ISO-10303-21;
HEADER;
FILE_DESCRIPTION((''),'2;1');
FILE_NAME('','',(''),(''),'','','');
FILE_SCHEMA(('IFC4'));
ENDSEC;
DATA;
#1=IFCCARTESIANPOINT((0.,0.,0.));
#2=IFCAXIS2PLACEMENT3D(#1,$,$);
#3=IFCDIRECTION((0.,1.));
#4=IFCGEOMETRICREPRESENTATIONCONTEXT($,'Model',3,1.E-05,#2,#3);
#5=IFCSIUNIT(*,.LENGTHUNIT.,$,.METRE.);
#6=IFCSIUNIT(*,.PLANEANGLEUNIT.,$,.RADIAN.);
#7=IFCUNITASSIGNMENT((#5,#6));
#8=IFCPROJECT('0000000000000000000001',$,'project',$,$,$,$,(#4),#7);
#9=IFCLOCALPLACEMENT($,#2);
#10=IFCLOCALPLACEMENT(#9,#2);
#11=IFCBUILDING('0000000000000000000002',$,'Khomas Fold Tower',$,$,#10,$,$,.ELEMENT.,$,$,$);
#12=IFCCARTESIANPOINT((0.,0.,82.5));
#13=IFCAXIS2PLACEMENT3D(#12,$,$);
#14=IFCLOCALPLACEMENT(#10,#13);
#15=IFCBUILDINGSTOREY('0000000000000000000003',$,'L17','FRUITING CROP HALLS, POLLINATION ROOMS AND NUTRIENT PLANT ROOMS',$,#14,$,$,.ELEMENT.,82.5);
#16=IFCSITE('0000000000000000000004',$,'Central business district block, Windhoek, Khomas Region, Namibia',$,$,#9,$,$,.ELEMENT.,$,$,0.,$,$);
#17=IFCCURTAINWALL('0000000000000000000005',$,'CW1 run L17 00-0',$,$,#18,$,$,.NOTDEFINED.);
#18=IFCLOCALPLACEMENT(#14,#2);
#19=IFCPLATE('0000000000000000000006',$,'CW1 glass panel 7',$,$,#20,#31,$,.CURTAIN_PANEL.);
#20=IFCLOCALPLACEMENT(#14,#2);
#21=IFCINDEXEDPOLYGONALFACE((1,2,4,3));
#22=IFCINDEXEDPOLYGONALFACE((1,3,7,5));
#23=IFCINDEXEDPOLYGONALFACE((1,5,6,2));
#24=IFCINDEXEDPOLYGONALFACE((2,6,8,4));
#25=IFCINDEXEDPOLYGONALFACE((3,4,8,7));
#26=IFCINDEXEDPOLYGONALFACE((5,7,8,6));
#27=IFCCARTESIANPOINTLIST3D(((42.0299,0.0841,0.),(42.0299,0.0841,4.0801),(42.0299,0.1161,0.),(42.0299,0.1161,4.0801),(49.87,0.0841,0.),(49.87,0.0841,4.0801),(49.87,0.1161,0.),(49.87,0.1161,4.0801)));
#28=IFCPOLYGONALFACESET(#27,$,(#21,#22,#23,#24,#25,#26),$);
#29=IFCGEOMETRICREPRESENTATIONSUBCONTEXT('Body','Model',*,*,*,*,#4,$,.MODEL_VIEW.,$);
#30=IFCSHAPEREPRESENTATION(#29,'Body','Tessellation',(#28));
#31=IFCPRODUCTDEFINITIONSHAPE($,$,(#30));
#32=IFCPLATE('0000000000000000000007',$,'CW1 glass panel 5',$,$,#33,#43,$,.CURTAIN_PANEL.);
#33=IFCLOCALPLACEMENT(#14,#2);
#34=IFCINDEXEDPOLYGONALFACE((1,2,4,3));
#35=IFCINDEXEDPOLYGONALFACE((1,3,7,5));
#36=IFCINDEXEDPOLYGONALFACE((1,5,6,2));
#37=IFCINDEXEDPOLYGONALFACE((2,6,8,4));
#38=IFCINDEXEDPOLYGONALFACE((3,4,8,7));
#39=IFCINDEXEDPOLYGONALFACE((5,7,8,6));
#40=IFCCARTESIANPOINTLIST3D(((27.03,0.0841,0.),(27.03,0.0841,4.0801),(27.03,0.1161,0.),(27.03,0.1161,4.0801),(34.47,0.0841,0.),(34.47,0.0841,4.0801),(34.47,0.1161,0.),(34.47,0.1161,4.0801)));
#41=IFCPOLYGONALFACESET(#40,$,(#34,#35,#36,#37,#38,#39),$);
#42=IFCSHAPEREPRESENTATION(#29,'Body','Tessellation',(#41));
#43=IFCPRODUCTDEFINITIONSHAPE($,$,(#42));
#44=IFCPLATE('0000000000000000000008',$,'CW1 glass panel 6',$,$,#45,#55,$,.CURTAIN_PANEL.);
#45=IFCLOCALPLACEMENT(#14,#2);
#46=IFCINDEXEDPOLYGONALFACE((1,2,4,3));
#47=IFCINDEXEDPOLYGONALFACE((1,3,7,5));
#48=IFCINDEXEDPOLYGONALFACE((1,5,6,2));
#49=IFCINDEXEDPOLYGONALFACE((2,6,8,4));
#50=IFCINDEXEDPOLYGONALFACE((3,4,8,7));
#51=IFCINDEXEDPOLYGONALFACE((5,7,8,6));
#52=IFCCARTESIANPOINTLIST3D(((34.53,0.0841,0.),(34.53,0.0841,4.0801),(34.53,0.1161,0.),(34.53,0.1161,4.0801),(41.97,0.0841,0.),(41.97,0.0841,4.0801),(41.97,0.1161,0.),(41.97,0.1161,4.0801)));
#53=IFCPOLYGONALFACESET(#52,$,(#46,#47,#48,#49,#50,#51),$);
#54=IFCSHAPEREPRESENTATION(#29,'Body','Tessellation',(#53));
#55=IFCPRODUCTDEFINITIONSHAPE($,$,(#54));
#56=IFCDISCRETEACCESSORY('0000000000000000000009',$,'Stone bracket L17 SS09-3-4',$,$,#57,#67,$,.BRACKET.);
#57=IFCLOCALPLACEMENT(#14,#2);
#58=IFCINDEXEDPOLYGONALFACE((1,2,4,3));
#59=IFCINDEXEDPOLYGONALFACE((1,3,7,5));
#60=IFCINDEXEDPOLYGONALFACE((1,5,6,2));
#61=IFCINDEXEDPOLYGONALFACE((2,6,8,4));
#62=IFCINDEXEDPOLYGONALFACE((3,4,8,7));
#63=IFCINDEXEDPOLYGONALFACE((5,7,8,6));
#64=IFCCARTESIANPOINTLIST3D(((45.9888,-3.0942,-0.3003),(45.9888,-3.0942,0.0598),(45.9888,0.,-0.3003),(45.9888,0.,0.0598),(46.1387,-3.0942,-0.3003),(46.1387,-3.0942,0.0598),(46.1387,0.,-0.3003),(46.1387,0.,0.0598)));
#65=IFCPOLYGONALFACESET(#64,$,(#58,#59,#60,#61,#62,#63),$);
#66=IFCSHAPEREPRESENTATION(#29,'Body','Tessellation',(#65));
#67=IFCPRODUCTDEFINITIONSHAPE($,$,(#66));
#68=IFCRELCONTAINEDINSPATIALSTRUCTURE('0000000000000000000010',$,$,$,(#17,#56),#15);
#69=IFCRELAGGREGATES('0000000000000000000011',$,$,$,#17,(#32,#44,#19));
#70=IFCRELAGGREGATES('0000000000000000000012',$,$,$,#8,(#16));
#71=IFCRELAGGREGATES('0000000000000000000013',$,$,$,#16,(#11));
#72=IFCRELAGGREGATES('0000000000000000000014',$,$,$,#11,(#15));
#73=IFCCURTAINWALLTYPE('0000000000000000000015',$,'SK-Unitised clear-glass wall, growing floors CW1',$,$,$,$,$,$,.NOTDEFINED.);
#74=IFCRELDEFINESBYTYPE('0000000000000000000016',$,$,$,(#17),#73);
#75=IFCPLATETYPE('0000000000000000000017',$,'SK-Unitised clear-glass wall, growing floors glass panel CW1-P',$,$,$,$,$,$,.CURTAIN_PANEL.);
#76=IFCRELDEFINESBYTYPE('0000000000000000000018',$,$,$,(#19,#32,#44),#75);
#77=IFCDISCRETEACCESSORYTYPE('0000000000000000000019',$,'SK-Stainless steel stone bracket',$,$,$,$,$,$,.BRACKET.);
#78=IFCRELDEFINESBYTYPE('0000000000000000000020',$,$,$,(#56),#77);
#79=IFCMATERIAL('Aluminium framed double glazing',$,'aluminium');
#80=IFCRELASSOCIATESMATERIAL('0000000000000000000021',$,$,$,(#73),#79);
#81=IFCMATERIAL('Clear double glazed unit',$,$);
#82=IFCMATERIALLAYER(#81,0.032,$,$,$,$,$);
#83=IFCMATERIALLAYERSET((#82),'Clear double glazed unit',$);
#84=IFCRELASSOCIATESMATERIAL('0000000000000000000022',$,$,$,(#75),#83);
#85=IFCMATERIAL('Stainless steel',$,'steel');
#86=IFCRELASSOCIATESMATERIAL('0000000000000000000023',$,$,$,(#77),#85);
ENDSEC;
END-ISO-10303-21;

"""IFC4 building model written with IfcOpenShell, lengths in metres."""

from ifc_helpers import new_model, si_unit, direction, frame, origin, origin_2d, place, context, subcontext, project, spatial, rectangle, extrude, source, transform, mapped, material, layer, layer_set, type_object, element, aggregate, save


model = new_model("IFC4")

# Units and contexts
model_context = context("Model", 3, precision=1e-05, world=origin(), true_north=direction((0.0, 1.0)))
body_context = subcontext(model_context, "Body", "Model", "MODEL_VIEW")
ifc_project = project(units=[si_unit("LENGTHUNIT", "METRE"), si_unit("PLANEANGLEUNIT", "RADIAN")], contexts=[model_context])

# Site, building, storey
site_placement = place(None, origin())
site = spatial("IfcSite", under=ifc_project, at=site_placement, Name="Central business district block, Windhoek, Khomas Region, Namibia", CompositionType="ELEMENT", RefElevation=0.0)
building_placement = place(site_placement, origin())
building = spatial("IfcBuilding", under=site, at=building_placement, Name="Khomas Fold Tower", CompositionType="ELEMENT")
storey_placement = place(building_placement, frame((0.0, 0.0, 82.5)))
storey = spatial("IfcBuildingStorey", under=building, at=storey_placement, Name="L17", Description="FRUITING CROP HALLS, POLLINATION ROOMS AND NUTRIENT PLANT ROOMS", CompositionType="ELEMENT", Elevation=82.5)

# Curtain wall, plates
ifc_material_1 = material(Name="Aluminium framed double glazing", Category="aluminium")
curtain_wall_type = type_object("IfcCurtainWallType", Name="SK-Unitised clear-glass wall, growing floors CW1", PredefinedType="NOTDEFINED", material=ifc_material_1)
curtain_wall_placement = place(storey_placement, origin())
curtain_wall = element("IfcCurtainWall", 1, at=curtain_wall_placement, inside=storey, type_object=curtain_wall_type, Name="CW1 run L17 00-0", PredefinedType="NOTDEFINED")
ifc_material_2 = material(Name="Clear double glazed unit")
ifc_layer = layer(ifc_material_2, 0.032)
ifc_layer_set = layer_set([ifc_layer], Name="Clear double glazed unit")
plate_type = type_object("IfcPlateType", Name="SK-Unitised clear-glass wall, growing floors glass panel CW1-P", PredefinedType="CURTAIN_PANEL", material=ifc_layer_set)
shared_shape_1 = source(origin(), body_context, "Body", "SweptSolid", [
    extrude(rectangle(XDim=7.8401, YDim=0.032, at=origin_2d()), origin(), (0.0, 0.0, 1.0), 4.0801),
])
plate_1_placement = place(storey_placement, frame((45.95, 0.1001, 0.0), z_axis=(0.0, 0.0, 1.0), x_axis=(1.0, 0.0, 0.0)))
plate_1 = element("IfcPlate", 2, at=plate_1_placement, type_object=plate_type, Name="CW1 glass panel 7", PredefinedType="CURTAIN_PANEL", context=body_context, shape_type="MappedRepresentation", body=[
    mapped(shared_shape_1, transform((0.0, 0.0, 0.0))),
])
shared_shape_2 = source(origin(), body_context, "Body", "SweptSolid", [
    extrude(rectangle(XDim=7.4399, YDim=0.032, at=origin_2d()), origin(), (0.0, 0.0, 1.0), 4.0801),
])
plate_2_placement = place(storey_placement, frame((30.75, 0.1001, 0.0), z_axis=(0.0, 0.0, 1.0), x_axis=(1.0, 0.0, 0.0)))
plate_2 = element("IfcPlate", 3, at=plate_2_placement, type_object=plate_type, Name="CW1 glass panel 5", PredefinedType="CURTAIN_PANEL", context=body_context, shape_type="MappedRepresentation", body=[
    mapped(shared_shape_2, transform((0.0, 0.0, 0.0))),
])
plate_3_placement = place(storey_placement, frame((38.25, 0.1001, 0.0), z_axis=(0.0, 0.0, 1.0), x_axis=(1.0, 0.0, 0.0)))
plate_3 = element("IfcPlate", 4, at=plate_3_placement, type_object=plate_type, Name="CW1 glass panel 6", PredefinedType="CURTAIN_PANEL", context=body_context, shape_type="MappedRepresentation", body=[
    mapped(shared_shape_2, transform((0.0, 0.0, 0.0))),
])
aggregate(curtain_wall, [plate_2, plate_3, plate_1])

# Discrete accessory
ifc_material_3 = material(Name="Stainless steel", Category="steel")
discrete_accessory_type = type_object("IfcDiscreteAccessoryType", Name="SK-Stainless steel stone bracket", PredefinedType="BRACKET", material=ifc_material_3)
shared_shape_3 = source(origin(), body_context, "Body", "SweptSolid", [
    extrude(rectangle(XDim=3.0942, YDim=0.1499, at=origin_2d()), origin(), (0.0, 0.0, 1.0), 0.3601),
])
discrete_accessory_placement = place(storey_placement, frame((46.0637, -1.5471, -0.3003), z_axis=(0.0, 0.0, 1.0), x_axis=(0.0, -1.0, 0.0)))
element("IfcDiscreteAccessory", 5, at=discrete_accessory_placement, inside=storey, type_object=discrete_accessory_type, Name="Stone bracket L17 SS09-3-4", PredefinedType="BRACKET", context=body_context, shape_type="MappedRepresentation", body=[
    mapped(shared_shape_3, transform((0.0, 0.0, 0.0))),
])

save(model, "model.ifc")
